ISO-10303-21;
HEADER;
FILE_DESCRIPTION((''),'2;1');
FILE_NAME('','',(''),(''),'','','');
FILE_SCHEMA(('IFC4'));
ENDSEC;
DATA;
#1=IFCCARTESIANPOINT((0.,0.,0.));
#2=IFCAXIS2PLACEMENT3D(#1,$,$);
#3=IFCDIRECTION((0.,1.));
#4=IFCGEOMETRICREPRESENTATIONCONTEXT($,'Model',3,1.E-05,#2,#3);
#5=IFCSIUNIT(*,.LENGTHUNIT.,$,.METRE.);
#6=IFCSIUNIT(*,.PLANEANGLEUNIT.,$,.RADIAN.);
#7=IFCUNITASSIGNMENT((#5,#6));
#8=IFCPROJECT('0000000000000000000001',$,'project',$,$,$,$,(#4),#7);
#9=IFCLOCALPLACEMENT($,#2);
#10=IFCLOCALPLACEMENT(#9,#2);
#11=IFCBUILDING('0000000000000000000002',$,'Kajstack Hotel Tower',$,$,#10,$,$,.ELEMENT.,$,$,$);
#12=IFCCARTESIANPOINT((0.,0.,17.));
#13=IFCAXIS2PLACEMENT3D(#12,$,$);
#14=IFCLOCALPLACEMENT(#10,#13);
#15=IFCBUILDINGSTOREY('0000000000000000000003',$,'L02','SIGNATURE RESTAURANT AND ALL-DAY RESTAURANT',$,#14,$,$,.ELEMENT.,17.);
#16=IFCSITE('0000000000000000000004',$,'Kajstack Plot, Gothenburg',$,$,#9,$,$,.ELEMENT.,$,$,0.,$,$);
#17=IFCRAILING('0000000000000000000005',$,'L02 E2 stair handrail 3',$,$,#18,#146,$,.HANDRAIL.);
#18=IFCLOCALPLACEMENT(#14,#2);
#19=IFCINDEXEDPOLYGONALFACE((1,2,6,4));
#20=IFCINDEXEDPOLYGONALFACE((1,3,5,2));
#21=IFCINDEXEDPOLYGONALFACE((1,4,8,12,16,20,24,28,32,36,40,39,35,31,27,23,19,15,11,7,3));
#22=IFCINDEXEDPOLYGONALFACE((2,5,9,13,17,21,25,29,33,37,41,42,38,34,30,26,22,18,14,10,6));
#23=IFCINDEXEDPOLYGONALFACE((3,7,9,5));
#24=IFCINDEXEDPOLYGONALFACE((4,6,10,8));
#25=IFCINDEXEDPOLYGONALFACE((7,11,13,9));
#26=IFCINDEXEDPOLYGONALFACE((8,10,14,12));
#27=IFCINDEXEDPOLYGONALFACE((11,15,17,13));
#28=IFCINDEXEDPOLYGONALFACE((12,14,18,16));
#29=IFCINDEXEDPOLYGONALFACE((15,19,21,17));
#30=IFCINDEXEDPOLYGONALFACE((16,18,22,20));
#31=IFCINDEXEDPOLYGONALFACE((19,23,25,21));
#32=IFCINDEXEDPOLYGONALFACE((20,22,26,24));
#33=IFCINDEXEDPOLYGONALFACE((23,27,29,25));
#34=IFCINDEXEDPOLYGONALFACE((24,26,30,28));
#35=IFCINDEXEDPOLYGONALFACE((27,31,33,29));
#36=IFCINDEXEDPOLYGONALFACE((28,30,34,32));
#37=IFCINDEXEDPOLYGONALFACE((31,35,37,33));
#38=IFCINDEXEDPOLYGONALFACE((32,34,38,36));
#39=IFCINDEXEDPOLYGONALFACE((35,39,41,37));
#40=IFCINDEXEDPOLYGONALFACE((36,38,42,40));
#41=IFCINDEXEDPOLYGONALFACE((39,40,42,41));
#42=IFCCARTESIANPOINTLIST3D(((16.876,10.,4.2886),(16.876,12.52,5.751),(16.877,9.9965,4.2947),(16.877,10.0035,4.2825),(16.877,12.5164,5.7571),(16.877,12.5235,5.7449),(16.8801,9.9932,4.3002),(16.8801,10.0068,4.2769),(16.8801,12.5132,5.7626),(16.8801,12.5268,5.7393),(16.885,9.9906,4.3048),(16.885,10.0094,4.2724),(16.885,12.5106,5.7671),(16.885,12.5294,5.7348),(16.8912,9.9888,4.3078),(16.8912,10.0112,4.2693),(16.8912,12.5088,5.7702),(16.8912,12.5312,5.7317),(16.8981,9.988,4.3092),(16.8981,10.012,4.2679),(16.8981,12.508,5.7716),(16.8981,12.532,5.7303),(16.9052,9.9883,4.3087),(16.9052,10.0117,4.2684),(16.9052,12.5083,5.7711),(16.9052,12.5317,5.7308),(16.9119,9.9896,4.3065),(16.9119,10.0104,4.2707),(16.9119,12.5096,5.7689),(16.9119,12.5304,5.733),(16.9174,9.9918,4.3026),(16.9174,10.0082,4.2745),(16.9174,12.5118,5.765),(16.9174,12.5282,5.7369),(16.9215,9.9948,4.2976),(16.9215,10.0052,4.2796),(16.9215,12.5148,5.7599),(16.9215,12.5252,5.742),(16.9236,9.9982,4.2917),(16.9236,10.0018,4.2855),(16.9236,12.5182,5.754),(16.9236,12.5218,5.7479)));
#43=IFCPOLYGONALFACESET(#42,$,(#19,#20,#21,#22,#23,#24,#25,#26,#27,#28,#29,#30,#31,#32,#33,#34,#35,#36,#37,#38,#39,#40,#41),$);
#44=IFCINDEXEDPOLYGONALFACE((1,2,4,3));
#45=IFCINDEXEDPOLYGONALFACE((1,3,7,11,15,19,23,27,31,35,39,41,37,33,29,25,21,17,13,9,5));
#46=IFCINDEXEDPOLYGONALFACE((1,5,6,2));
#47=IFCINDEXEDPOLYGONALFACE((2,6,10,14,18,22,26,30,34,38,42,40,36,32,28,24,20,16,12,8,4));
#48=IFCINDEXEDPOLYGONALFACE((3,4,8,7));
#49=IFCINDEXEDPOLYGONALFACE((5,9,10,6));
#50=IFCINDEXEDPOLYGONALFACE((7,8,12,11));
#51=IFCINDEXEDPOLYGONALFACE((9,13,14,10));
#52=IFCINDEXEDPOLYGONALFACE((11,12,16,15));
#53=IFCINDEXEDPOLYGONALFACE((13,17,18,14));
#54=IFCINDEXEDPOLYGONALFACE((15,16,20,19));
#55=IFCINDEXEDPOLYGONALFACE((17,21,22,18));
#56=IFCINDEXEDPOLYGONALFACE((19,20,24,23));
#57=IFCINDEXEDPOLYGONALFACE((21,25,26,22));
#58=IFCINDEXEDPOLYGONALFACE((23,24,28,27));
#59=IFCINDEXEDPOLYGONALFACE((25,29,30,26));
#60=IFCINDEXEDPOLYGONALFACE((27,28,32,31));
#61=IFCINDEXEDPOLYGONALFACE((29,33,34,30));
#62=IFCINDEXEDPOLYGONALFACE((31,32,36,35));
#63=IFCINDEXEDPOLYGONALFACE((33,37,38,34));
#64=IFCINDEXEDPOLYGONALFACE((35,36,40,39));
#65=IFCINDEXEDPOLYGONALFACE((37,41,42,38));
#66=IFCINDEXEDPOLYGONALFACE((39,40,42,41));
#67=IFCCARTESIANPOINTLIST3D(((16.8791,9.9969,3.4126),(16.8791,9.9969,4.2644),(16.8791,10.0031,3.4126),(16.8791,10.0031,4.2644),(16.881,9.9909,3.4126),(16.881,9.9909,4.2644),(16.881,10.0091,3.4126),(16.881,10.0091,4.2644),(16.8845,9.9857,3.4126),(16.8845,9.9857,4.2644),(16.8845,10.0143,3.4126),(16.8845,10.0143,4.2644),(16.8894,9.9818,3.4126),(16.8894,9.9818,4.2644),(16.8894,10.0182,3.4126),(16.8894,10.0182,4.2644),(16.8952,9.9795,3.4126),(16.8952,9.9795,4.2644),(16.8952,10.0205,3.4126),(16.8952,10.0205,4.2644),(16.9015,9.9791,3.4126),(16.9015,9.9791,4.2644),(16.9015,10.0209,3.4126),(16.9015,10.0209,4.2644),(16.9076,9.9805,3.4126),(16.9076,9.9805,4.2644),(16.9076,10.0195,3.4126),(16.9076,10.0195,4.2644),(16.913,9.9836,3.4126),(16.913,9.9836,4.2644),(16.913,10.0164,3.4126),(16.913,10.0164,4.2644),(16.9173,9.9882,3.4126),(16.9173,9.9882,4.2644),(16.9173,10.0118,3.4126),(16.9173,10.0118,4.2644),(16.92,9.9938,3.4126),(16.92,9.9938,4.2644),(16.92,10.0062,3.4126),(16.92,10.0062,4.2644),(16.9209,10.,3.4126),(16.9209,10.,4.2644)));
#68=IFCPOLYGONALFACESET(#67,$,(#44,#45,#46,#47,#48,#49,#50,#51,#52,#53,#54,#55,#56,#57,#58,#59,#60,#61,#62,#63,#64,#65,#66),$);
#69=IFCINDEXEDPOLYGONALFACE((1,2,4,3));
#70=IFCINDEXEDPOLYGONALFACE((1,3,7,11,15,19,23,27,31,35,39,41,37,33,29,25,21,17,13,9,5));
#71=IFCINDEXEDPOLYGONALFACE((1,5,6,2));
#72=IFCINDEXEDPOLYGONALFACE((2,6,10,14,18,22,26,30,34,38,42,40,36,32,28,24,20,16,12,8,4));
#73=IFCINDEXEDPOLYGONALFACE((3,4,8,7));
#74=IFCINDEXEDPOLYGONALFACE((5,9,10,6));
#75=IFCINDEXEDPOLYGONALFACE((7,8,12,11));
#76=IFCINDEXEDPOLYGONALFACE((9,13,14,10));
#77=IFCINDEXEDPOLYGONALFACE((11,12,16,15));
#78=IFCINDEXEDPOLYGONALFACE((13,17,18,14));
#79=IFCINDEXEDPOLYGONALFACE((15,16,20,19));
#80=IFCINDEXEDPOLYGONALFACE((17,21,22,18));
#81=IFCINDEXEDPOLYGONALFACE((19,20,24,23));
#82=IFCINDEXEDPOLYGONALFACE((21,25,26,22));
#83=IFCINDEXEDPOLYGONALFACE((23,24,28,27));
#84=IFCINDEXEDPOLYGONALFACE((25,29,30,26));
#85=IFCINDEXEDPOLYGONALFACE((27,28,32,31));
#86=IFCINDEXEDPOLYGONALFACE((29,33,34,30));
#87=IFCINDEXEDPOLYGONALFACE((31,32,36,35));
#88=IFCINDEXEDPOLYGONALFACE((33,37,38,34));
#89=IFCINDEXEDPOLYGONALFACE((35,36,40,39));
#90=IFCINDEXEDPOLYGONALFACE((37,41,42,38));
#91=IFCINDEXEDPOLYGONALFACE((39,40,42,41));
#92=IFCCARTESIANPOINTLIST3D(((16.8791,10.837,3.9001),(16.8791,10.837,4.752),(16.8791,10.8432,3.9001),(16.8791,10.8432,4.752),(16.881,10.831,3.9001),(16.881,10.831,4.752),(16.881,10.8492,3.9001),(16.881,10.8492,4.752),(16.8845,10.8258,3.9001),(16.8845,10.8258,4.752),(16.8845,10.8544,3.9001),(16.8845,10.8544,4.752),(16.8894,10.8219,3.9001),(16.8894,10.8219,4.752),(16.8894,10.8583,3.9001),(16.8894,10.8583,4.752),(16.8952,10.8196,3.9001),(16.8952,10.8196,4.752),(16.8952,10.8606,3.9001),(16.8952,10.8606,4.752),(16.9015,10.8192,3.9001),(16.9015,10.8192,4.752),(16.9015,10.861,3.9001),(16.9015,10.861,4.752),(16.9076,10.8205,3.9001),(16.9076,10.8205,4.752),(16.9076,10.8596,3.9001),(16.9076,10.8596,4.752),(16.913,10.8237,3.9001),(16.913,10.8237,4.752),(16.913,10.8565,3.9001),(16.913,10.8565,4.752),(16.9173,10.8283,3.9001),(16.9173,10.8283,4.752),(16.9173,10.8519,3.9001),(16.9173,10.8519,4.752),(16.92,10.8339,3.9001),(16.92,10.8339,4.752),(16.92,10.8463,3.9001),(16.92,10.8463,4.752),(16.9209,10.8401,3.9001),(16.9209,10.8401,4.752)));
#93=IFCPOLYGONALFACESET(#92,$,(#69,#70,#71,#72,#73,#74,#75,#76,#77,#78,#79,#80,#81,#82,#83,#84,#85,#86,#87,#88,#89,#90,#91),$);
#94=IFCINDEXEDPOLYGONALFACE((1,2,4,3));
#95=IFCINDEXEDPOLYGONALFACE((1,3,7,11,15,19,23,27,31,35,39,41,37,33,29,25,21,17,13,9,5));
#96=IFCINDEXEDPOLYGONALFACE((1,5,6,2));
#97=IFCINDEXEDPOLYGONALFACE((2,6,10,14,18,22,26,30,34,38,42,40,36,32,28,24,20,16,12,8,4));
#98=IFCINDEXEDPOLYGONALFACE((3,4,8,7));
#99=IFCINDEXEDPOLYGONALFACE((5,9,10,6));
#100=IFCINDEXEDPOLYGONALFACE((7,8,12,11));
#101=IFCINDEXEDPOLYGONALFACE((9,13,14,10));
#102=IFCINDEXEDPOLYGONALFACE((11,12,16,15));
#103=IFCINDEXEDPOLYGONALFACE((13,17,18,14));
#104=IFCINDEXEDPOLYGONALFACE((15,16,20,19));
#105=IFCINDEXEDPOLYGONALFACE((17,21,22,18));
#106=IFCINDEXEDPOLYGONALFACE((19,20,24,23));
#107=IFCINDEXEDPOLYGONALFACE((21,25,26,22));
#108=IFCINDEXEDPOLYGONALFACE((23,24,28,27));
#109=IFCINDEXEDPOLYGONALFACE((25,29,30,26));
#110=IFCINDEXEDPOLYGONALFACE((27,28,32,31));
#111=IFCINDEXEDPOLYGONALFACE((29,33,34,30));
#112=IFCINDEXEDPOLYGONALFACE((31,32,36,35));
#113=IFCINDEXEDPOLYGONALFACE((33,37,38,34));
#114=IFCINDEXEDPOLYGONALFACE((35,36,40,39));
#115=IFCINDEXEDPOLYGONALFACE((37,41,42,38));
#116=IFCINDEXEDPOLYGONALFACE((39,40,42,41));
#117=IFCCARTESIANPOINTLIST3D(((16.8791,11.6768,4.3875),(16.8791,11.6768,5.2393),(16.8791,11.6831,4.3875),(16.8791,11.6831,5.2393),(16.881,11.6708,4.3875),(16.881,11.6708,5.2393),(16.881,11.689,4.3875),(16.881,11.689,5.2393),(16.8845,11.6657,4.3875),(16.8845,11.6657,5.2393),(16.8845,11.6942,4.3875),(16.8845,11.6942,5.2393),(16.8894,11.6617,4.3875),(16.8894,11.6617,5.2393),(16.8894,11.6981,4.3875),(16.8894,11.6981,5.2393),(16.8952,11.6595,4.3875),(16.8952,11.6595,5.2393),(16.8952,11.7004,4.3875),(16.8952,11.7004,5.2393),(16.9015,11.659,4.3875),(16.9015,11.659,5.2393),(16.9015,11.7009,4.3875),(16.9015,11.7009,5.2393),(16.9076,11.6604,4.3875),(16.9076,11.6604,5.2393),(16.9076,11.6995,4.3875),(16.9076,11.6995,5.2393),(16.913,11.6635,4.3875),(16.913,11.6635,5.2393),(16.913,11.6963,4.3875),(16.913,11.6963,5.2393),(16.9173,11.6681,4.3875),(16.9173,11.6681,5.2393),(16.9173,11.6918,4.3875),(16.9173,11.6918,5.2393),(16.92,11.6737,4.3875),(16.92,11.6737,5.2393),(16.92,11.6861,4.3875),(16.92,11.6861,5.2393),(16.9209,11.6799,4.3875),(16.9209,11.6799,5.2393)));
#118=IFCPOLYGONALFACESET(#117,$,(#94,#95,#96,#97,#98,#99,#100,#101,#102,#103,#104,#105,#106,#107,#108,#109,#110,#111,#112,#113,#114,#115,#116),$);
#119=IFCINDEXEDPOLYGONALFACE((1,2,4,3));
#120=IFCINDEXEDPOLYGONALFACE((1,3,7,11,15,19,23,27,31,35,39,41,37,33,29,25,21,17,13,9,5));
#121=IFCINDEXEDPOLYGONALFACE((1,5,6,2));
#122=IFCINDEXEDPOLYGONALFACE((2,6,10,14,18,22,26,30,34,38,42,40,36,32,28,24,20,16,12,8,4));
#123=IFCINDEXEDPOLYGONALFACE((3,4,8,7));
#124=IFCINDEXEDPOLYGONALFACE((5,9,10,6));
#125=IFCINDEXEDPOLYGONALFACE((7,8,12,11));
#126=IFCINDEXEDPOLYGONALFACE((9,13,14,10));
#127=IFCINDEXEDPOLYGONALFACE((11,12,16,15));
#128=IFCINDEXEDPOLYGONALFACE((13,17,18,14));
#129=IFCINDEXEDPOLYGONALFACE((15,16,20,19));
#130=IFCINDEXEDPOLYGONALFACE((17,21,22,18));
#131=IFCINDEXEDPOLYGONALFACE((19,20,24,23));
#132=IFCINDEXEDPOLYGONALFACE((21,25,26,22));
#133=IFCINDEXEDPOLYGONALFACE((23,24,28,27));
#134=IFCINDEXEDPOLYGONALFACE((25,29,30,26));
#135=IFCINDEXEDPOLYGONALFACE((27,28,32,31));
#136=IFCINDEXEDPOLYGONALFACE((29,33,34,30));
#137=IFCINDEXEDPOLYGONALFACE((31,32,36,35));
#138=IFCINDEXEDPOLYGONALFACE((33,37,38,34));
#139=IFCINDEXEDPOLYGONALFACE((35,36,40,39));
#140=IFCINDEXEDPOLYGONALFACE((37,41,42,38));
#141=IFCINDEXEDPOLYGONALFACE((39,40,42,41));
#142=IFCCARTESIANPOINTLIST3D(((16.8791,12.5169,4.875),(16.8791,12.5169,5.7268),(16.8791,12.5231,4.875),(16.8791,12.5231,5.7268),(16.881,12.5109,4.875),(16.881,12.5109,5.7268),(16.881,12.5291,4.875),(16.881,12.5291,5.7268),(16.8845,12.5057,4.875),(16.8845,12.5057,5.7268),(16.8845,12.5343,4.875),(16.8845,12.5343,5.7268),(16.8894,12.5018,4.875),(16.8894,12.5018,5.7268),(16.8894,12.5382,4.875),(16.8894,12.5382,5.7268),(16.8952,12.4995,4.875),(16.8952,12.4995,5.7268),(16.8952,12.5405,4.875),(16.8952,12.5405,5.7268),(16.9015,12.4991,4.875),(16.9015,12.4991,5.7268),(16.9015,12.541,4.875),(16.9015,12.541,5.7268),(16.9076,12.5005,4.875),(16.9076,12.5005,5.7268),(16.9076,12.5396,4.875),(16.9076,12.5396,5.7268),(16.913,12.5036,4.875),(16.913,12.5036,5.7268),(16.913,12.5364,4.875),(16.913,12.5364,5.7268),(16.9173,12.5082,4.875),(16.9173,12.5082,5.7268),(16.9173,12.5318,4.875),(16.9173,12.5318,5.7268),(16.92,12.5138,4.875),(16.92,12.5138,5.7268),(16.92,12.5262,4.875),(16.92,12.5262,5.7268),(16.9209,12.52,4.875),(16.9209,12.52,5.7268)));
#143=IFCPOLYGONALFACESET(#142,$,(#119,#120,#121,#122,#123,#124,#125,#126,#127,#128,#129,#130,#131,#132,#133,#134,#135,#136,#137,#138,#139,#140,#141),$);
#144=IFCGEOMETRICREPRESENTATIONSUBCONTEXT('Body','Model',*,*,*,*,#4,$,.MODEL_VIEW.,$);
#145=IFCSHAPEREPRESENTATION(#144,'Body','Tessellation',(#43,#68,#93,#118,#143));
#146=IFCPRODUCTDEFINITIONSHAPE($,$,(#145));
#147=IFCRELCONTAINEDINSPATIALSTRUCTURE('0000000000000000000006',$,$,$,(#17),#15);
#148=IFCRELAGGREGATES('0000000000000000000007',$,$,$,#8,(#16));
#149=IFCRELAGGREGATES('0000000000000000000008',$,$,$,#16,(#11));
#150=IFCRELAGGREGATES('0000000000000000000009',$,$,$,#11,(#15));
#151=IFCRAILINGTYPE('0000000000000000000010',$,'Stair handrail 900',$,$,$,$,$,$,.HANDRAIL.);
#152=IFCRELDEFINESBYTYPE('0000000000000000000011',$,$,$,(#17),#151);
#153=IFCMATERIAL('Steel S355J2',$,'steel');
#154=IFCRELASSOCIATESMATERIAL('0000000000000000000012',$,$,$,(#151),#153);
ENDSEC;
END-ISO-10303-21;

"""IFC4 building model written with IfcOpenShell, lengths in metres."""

from ifc_helpers import new_model, si_unit, direction, frame, origin, origin_2d, place, context, subcontext, project, spatial, circle, extrude, material, type_object, element, save


model = new_model("IFC4")

# Units and contexts
model_context = context("Model", 3, precision=1e-05, world=origin(), true_north=direction((0.0, 1.0)))
body_context = subcontext(model_context, "Body", "Model", "MODEL_VIEW")
ifc_project = project(units=[si_unit("LENGTHUNIT", "METRE"), si_unit("PLANEANGLEUNIT", "RADIAN")], contexts=[model_context])

# Site, building, storey
site_placement = place(None, origin())
site = spatial("IfcSite", under=ifc_project, at=site_placement, Name="Kajstack Plot, Gothenburg", CompositionType="ELEMENT", RefElevation=0.0)
building_placement = place(site_placement, origin())
building = spatial("IfcBuilding", under=site, at=building_placement, Name="Kajstack Hotel Tower", CompositionType="ELEMENT")
storey_placement = place(building_placement, frame((0.0, 0.0, 17.0)))
storey = spatial("IfcBuildingStorey", under=building, at=storey_placement, Name="L02", Description="SIGNATURE RESTAURANT AND ALL-DAY RESTAURANT", CompositionType="ELEMENT", Elevation=17.0)

# Railing
ifc_material_1 = material(Name="Steel S355J2", Category="steel")
railing_type_1 = type_object("IfcRailingType", Name="Stair handrail 900", PredefinedType="HANDRAIL", material=ifc_material_1)
railing_1_placement = place(storey_placement, frame((16.8999, 10.0, 3.4126)))
element("IfcRailing", 1, at=railing_1_placement, inside=storey, type_object=railing_type_1, Name="L02 E2 stair handrail 3", PredefinedType="HANDRAIL", context=body_context, shape_type="SweptSolid", body=[
    extrude(circle(Radius=0.0239, at=origin_2d()), frame((0.0, 0.0, 0.876), z_axis=(0.0, 0.864913, 0.501921), x_axis=(-1.0, 0.0, 0.0)), (0.0, 0.0, 1.0), 2.9136),
    extrude(circle(Radius=0.021, at=origin_2d()), origin(), (0.0, 0.0, 1.0), 0.8518),
    extrude(circle(Radius=0.021, at=origin_2d()), frame((0.0, 0.8401, 0.4875)), (0.0, 0.0, 1.0), 0.8518),
    extrude(circle(Radius=0.021, at=origin_2d()), frame((0.0, 1.6799, 0.9749)), (0.0, 0.0, 1.0), 0.8518),
    extrude(circle(Radius=0.021, at=origin_2d()), frame((0.0, 2.52, 1.4624)), (0.0, 0.0, 1.0), 0.8518),
])

save(model, "model.ifc")
